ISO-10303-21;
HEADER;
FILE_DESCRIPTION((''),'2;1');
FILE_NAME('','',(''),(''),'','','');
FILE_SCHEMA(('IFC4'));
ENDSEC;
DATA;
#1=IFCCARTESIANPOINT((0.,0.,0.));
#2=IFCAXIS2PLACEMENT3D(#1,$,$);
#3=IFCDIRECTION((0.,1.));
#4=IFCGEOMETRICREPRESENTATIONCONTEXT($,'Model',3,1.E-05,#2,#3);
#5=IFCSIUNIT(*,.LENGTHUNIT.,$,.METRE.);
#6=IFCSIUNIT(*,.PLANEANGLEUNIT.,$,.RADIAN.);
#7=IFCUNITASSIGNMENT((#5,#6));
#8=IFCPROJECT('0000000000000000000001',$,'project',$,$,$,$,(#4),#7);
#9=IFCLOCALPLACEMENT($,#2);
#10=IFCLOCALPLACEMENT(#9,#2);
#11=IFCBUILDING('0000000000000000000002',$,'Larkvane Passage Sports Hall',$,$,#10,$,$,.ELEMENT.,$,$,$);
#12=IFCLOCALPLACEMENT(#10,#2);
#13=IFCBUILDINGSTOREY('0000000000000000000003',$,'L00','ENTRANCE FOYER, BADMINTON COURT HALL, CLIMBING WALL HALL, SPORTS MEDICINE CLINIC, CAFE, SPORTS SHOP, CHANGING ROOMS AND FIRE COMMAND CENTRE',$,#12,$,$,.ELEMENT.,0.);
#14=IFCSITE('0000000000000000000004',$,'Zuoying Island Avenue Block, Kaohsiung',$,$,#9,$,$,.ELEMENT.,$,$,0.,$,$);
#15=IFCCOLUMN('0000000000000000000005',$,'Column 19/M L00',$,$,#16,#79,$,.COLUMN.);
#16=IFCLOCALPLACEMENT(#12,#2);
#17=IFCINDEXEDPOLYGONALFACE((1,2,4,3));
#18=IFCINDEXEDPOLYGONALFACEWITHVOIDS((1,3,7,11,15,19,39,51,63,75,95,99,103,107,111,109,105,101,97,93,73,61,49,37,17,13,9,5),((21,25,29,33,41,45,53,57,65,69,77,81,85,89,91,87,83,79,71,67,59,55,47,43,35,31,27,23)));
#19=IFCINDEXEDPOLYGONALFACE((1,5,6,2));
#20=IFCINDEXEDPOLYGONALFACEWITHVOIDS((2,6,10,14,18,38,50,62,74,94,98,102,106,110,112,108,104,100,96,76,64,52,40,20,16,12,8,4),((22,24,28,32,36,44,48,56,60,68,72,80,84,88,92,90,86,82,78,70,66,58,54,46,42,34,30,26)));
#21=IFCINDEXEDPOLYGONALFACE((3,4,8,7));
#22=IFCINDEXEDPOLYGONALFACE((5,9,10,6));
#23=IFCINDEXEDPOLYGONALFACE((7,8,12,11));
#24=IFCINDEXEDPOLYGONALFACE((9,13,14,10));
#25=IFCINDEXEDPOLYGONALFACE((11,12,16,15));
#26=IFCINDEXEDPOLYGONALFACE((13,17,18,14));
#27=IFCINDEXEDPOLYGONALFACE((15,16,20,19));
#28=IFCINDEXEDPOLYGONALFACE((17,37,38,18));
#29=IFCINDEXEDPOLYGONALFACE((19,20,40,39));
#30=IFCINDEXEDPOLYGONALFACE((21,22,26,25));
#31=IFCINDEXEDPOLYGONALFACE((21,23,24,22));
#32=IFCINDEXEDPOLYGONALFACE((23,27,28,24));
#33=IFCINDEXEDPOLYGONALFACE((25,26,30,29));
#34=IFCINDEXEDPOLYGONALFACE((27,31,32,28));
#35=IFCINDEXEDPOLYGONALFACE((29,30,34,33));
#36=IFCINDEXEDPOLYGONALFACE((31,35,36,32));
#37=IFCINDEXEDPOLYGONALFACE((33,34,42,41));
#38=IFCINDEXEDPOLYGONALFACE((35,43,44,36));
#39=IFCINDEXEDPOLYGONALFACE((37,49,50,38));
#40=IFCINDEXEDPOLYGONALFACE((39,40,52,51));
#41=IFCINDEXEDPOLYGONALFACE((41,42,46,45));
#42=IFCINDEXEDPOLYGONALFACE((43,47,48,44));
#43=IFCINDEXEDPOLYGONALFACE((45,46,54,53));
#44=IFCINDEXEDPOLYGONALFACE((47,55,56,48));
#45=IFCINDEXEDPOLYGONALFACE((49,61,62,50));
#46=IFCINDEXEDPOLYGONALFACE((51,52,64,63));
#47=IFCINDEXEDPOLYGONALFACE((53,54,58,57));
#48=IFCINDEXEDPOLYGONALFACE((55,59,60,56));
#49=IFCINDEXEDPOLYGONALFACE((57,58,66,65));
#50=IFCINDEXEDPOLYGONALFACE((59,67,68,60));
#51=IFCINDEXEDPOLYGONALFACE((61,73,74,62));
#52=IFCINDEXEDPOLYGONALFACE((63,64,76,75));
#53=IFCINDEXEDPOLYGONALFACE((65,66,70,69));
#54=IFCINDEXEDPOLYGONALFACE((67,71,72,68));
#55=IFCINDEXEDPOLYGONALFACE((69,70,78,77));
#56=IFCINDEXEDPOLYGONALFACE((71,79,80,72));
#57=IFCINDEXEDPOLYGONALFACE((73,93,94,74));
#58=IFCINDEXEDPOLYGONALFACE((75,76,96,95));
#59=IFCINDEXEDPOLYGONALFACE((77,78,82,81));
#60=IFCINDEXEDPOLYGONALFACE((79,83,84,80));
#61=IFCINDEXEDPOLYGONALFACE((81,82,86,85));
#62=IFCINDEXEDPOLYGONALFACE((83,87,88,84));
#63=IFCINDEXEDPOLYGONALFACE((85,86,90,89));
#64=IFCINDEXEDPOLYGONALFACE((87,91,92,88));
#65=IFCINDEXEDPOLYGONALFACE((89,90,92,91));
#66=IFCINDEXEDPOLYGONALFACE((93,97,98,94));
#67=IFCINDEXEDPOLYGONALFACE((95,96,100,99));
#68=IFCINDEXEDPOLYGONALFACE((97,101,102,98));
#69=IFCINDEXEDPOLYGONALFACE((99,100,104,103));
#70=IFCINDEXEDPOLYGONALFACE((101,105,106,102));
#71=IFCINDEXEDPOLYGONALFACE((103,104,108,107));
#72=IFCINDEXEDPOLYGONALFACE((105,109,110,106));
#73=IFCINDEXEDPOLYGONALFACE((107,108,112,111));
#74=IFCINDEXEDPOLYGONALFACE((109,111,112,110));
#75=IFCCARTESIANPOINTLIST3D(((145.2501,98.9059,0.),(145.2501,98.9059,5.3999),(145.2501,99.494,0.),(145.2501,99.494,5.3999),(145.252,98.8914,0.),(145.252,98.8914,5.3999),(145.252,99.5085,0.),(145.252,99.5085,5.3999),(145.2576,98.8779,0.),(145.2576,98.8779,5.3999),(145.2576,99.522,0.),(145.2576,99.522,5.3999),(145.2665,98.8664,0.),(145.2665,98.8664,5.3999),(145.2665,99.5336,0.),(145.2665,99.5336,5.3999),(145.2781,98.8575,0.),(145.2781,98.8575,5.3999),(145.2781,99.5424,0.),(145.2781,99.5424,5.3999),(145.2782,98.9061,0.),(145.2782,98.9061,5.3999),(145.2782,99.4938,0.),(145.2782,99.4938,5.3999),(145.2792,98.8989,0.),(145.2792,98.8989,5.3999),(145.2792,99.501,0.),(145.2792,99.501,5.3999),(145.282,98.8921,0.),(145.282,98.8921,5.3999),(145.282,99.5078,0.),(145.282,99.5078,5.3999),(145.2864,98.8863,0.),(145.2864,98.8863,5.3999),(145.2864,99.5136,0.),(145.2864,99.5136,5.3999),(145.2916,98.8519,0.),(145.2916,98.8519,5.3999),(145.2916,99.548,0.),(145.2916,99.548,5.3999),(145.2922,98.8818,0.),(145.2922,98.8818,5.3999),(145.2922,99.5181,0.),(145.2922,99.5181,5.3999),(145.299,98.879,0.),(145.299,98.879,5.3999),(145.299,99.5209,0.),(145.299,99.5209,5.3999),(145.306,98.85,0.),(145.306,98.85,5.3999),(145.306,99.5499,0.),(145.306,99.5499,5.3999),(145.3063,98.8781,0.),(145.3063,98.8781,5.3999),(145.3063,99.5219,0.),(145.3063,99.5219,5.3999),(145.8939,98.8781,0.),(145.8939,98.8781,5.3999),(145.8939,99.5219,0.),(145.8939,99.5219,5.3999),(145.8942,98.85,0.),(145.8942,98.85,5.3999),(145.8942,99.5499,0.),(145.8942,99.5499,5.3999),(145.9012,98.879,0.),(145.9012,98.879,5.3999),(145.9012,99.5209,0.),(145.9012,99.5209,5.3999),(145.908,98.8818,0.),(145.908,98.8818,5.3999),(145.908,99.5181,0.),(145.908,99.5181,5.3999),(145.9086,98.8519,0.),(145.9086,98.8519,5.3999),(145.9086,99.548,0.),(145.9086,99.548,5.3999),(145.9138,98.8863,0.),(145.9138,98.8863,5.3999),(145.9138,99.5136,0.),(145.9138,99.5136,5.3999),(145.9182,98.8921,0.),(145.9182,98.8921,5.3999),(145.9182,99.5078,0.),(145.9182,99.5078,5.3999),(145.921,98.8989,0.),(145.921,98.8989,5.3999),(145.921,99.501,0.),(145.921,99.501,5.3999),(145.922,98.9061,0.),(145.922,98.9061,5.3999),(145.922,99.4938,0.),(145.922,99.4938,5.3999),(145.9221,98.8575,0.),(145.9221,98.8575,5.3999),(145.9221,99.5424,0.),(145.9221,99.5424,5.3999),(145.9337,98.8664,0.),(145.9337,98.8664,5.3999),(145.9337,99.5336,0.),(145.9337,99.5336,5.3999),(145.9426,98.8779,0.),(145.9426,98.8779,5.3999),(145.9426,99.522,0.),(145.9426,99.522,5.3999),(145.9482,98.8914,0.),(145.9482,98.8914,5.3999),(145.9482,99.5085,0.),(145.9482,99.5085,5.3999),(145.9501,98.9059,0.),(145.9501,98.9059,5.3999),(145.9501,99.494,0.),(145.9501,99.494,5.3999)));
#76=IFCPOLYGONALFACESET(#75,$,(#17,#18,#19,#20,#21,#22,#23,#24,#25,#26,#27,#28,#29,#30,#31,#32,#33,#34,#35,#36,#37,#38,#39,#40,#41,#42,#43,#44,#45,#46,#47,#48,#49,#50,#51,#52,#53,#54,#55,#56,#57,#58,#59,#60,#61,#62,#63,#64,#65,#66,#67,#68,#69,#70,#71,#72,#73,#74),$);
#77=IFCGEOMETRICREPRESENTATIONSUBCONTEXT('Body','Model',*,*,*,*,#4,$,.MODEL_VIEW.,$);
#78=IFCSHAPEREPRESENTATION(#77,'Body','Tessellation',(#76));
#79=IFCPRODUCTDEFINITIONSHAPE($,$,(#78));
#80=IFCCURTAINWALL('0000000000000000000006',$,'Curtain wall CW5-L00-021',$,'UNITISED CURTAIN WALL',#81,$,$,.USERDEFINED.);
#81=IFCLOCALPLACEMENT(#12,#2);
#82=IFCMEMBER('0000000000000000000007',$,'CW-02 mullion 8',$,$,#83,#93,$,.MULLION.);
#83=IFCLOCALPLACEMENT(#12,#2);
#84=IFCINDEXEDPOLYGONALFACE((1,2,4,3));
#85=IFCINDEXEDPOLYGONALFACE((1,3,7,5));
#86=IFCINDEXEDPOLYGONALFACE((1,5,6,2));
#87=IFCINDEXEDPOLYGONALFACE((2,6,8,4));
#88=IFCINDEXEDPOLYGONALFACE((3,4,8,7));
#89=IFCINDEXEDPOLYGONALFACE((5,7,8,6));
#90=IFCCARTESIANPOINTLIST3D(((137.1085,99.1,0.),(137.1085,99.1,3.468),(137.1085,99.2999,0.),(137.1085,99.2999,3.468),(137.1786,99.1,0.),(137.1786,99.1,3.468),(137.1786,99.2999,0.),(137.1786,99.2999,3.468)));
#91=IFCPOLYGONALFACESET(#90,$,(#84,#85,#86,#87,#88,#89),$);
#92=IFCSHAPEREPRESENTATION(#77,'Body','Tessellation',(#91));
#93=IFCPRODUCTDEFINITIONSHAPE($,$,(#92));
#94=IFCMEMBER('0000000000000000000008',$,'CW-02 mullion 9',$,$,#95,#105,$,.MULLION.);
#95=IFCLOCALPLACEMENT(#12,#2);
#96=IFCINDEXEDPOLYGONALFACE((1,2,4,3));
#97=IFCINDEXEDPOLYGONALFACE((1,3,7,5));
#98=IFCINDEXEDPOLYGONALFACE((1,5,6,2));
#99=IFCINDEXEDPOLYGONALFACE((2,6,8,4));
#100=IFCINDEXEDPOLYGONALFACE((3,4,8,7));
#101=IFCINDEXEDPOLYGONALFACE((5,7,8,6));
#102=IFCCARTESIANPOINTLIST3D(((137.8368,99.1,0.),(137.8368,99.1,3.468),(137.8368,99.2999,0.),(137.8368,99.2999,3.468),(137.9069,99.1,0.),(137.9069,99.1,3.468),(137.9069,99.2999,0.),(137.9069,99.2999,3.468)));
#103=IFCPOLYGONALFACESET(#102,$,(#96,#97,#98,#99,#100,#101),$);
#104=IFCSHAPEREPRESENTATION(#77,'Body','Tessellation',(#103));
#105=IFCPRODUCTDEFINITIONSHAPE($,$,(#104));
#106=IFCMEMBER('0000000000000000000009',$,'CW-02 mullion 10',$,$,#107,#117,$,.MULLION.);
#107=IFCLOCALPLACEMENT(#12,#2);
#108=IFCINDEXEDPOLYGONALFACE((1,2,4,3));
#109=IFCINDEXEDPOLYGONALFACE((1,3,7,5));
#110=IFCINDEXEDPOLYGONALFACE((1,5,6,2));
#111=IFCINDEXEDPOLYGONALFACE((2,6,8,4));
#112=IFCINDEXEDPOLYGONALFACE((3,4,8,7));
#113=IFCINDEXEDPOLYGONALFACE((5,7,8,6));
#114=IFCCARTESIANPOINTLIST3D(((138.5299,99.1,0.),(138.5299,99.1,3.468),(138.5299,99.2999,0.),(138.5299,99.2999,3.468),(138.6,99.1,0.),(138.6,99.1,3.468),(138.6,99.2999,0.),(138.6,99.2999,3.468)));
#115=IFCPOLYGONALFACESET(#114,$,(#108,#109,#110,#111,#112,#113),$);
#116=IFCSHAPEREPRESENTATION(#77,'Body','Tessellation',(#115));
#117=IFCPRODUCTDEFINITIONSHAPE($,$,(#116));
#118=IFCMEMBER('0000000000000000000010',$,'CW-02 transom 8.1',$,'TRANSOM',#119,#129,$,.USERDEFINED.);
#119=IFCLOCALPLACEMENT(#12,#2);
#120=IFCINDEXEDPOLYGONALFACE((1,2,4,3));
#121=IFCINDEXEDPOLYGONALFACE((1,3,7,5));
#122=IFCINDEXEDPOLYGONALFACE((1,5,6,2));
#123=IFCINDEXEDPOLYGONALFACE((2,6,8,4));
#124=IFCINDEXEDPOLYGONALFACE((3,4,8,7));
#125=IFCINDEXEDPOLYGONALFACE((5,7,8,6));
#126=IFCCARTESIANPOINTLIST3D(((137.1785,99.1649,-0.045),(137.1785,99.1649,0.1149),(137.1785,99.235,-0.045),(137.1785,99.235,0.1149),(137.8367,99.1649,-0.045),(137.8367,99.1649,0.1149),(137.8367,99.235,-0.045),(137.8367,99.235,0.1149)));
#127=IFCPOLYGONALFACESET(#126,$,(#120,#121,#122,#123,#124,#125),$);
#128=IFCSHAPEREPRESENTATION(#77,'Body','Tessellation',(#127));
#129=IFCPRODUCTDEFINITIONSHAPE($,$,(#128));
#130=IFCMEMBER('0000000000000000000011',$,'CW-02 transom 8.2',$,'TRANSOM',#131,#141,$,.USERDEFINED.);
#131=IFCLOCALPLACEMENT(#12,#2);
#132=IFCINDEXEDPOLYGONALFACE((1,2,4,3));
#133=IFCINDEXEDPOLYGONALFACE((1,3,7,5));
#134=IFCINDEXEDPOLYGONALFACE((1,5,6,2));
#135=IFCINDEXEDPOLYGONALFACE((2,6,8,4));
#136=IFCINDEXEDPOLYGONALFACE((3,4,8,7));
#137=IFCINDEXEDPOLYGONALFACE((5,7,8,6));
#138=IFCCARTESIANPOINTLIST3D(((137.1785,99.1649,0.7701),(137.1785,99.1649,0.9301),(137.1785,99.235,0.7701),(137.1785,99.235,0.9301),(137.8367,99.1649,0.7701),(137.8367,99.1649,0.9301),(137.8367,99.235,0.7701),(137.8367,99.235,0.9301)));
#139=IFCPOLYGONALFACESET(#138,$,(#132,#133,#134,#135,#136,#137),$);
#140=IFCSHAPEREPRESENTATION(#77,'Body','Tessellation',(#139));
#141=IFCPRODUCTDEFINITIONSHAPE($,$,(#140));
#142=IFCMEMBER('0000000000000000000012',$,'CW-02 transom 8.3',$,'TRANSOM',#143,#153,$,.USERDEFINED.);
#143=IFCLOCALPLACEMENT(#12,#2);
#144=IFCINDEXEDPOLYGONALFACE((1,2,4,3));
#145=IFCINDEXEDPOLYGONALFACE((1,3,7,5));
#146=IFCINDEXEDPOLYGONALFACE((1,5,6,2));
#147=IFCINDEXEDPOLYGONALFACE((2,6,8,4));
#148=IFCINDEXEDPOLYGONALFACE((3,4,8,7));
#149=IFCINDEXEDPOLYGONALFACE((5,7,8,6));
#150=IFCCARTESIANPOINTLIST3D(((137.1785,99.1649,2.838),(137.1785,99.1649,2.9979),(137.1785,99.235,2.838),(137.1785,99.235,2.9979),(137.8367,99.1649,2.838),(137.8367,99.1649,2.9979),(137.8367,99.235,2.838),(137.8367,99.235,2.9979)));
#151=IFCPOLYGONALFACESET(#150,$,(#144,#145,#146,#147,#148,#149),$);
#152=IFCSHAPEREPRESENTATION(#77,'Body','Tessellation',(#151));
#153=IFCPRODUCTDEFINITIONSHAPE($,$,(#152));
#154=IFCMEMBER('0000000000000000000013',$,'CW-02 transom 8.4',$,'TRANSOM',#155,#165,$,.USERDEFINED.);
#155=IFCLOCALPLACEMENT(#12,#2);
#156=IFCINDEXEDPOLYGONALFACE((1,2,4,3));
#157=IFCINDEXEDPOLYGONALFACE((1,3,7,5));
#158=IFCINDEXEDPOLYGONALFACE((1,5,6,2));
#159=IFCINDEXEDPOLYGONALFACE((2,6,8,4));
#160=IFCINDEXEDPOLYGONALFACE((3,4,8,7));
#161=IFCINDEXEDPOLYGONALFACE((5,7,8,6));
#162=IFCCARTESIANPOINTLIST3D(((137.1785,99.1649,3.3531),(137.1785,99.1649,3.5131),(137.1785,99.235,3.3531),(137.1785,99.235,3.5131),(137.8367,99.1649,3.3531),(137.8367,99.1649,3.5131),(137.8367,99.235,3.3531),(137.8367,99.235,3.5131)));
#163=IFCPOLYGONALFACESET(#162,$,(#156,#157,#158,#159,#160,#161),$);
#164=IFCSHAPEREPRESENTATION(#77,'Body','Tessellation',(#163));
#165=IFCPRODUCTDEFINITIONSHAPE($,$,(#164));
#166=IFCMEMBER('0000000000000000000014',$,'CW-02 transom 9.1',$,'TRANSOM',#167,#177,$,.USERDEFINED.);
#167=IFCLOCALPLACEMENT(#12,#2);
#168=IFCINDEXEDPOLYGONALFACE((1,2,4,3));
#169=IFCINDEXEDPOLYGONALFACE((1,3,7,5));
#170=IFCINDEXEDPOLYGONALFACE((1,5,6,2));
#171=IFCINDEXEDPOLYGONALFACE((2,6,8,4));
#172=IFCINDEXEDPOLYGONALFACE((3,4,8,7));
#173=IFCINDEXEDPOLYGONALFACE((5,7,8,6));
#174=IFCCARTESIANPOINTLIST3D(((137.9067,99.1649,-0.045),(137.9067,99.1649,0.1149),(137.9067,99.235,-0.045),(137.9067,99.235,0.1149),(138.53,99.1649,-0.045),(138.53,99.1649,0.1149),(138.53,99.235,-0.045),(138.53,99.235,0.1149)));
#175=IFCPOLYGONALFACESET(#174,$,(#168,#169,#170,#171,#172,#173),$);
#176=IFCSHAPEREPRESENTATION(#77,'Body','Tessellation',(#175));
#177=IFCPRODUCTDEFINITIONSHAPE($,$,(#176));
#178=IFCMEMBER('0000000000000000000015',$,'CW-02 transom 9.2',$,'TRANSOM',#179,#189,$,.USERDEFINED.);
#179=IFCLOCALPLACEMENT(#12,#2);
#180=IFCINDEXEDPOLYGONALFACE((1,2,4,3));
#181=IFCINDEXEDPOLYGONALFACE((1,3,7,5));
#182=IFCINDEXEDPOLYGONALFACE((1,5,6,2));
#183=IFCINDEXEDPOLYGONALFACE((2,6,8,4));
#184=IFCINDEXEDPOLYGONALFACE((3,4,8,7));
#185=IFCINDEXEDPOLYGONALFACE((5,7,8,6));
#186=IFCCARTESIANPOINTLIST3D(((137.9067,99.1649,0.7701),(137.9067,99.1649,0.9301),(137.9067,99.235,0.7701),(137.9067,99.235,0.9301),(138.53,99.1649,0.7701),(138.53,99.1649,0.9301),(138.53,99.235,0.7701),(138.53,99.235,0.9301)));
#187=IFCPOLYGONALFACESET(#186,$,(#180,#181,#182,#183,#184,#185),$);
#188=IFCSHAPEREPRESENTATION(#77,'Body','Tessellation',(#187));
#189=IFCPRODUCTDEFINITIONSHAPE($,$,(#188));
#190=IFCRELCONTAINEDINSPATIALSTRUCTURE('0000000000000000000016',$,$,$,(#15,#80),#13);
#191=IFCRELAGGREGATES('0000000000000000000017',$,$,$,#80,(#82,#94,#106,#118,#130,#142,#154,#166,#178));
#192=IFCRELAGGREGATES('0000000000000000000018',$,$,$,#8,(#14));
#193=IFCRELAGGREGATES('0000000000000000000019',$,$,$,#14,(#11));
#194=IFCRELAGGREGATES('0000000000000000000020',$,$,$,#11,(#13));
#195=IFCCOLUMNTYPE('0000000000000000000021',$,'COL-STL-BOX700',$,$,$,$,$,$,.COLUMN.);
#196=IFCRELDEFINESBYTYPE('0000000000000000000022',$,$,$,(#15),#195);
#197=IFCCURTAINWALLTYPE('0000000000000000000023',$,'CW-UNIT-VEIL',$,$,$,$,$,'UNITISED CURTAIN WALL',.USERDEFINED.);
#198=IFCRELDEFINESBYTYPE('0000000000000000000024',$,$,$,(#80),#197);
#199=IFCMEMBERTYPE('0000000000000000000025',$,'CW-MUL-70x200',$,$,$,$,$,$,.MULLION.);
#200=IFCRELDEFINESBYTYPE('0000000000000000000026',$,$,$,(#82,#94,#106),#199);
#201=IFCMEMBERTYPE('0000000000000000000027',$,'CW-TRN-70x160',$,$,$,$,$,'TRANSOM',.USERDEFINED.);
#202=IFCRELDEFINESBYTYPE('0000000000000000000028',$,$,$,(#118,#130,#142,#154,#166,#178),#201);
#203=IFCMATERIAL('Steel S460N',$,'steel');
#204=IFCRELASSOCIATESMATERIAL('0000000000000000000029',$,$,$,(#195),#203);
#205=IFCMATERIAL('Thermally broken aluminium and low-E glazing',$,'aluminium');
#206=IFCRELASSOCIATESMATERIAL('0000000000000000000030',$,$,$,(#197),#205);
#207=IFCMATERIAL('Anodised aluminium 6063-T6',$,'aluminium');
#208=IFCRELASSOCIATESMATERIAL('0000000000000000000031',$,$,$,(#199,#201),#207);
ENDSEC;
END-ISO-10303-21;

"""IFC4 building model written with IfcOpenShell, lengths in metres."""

from ifc_helpers import new_model, si_unit, direction, frame, origin, origin_2d, place, context, subcontext, project, spatial, rectangle, hollow_rectangle, extrude, material, material_profile, profile_set, type_object, element, aggregate, save


model = new_model("IFC4")

# Units and contexts
model_context = context("Model", 3, precision=1e-05, world=origin(), true_north=direction((0.0, 1.0)))
body_context = subcontext(model_context, "Body", "Model", "MODEL_VIEW")
ifc_project = project(units=[si_unit("LENGTHUNIT", "METRE"), si_unit("PLANEANGLEUNIT", "RADIAN")], contexts=[model_context])

# Site, building, storey
site_placement = place(None, origin())
site = spatial("IfcSite", under=ifc_project, at=site_placement, Name="Zuoying Island Avenue Block, Kaohsiung", CompositionType="ELEMENT", RefElevation=0.0)
building_placement = place(site_placement, origin())
building = spatial("IfcBuilding", under=site, at=building_placement, Name="Larkvane Passage Sports Hall", CompositionType="ELEMENT")
storey_placement = place(building_placement, origin())
storey = spatial("IfcBuildingStorey", under=building, at=storey_placement, Name="L00", Description="ENTRANCE FOYER, BADMINTON COURT HALL, CLIMBING WALL HALL, SPORTS MEDICINE CLINIC, CAFE, SPORTS SHOP, CHANGING ROOMS AND FIRE COMMAND CENTRE", CompositionType="ELEMENT", Elevation=0.0)

# Column
ifc_material_1 = material(Name="Steel S460N", Category="steel")
ifc_material_profile_1 = material_profile(ifc_material_1, hollow_rectangle(XDim=0.7, YDim=0.7, WallThickness=0.0281, InnerFilletRadius=0.0281, OuterFilletRadius=0.0559, at=origin_2d()), Name="BOX-700x700x28")
ifc_profile_set_1 = profile_set([ifc_material_profile_1], Name="Steel S460N")
column_type = type_object("IfcColumnType", Name="COL-STL-BOX700", PredefinedType="COLUMN", material=ifc_profile_set_1)
column_placement = place(storey_placement, frame((145.6001, 99.2, 0.0), z_axis=(0.0, 0.0, 1.0), x_axis=(1.0, 0.0, 0.0)))
element("IfcColumn", 1, at=column_placement, inside=storey, type_object=column_type, Name="Column 19/M L00", PredefinedType="COLUMN", context=body_context, shape_type="SweptSolid", body=[
    extrude(hollow_rectangle(XDim=0.7, YDim=0.7, WallThickness=0.0281, InnerFilletRadius=0.0281, OuterFilletRadius=0.0559, at=origin_2d()), origin(), (0.0, 0.0, 1.0), 5.3999),
])

# Curtain wall, members
ifc_material_2 = material(Name="Thermally broken aluminium and low-E glazing", Category="aluminium")
curtain_wall_type = type_object("IfcCurtainWallType", Name="CW-UNIT-VEIL", ElementType="UNITISED CURTAIN WALL", PredefinedType="USERDEFINED", material=ifc_material_2)
curtain_wall_placement = place(storey_placement, origin())
curtain_wall = element("IfcCurtainWall", 2, at=curtain_wall_placement, inside=storey, type_object=curtain_wall_type, Name="Curtain wall CW5-L00-021", ObjectType="UNITISED CURTAIN WALL", PredefinedType="USERDEFINED")
ifc_material_3 = material(Name="Anodised aluminium 6063-T6", Category="aluminium")
ifc_material_profile_2 = material_profile(ifc_material_3, rectangle(XDim=0.0701, YDim=0.2, at=origin_2d()), Name="ALU-MUL-70x200")
ifc_profile_set_2 = profile_set([ifc_material_profile_2], Name="Anodised aluminium 6063-T6")
member_type_1 = type_object("IfcMemberType", Name="CW-MUL-70x200", PredefinedType="MULLION", material=ifc_profile_set_2)
member_1_placement = place(storey_placement, frame((137.1436, 99.2, 0.0), z_axis=(0.0, 0.0, 1.0), x_axis=(1.0, 0.0, 0.0)))
member_1 = element("IfcMember", 3, at=member_1_placement, type_object=member_type_1, Name="CW-02 mullion 8", PredefinedType="MULLION", context=body_context, shape_type="SweptSolid", body=[
    extrude(rectangle(XDim=0.0701, YDim=0.2, at=origin_2d()), origin(), (0.0, 0.0, 1.0), 3.468),
])
member_2_placement = place(storey_placement, frame((137.8718, 99.2, 0.0), z_axis=(0.0, 0.0, 1.0), x_axis=(1.0, 0.0, 0.0)))
member_2 = element("IfcMember", 4, at=member_2_placement, type_object=member_type_1, Name="CW-02 mullion 9", PredefinedType="MULLION", context=body_context, shape_type="SweptSolid", body=[
    extrude(rectangle(XDim=0.0701, YDim=0.2, at=origin_2d()), origin(), (0.0, 0.0, 1.0), 3.468),
])
member_3_placement = place(storey_placement, frame((138.5649, 99.2, 0.0), z_axis=(0.0, 0.0, 1.0), x_axis=(1.0, 0.0, 0.0)))
member_3 = element("IfcMember", 5, at=member_3_placement, type_object=member_type_1, Name="CW-02 mullion 10", PredefinedType="MULLION", context=body_context, shape_type="SweptSolid", body=[
    extrude(rectangle(XDim=0.0701, YDim=0.2, at=origin_2d()), origin(), (0.0, 0.0, 1.0), 3.468),
])
ifc_material_profile_3 = material_profile(ifc_material_3, rectangle(XDim=0.0701, YDim=0.1599, at=origin_2d()), Name="ALU-TRN-70x160")
ifc_profile_set_3 = profile_set([ifc_material_profile_3], Name="Anodised aluminium 6063-T6")
member_type_2 = type_object("IfcMemberType", Name="CW-TRN-70x160", ElementType="TRANSOM", PredefinedType="USERDEFINED", material=ifc_profile_set_3)
member_4_placement = place(storey_placement, frame((137.1785, 99.2, 0.0349), z_axis=(1.0, 0.0, 0.0), x_axis=(0.0, 1.0, 0.0)))
member_4 = element("IfcMember", 6, at=member_4_placement, type_object=member_type_2, Name="CW-02 transom 8.1", ObjectType="TRANSOM", PredefinedType="USERDEFINED", context=body_context, shape_type="SweptSolid", body=[
    extrude(rectangle(XDim=0.0701, YDim=0.1599, at=origin_2d()), origin(), (0.0, 0.0, 1.0), 0.6582),
])
member_5_placement = place(storey_placement, frame((137.1785, 99.2, 0.8501), z_axis=(1.0, 0.0, 0.0), x_axis=(0.0, 1.0, 0.0)))
member_5 = element("IfcMember", 7, at=member_5_placement, type_object=member_type_2, Name="CW-02 transom 8.2", ObjectType="TRANSOM", PredefinedType="USERDEFINED", context=body_context, shape_type="SweptSolid", body=[
    extrude(rectangle(XDim=0.0701, YDim=0.1599, at=origin_2d()), origin(), (0.0, 0.0, 1.0), 0.6582),
])
member_6_placement = place(storey_placement, frame((137.1785, 99.2, 2.918), z_axis=(1.0, 0.0, 0.0), x_axis=(0.0, 1.0, 0.0)))
member_6 = element("IfcMember", 8, at=member_6_placement, type_object=member_type_2, Name="CW-02 transom 8.3", ObjectType="TRANSOM", PredefinedType="USERDEFINED", context=body_context, shape_type="SweptSolid", body=[
    extrude(rectangle(XDim=0.0701, YDim=0.1599, at=origin_2d()), origin(), (0.0, 0.0, 1.0), 0.6582),
])
member_7_placement = place(storey_placement, frame((137.1785, 99.2, 3.4331), z_axis=(1.0, 0.0, 0.0), x_axis=(0.0, 1.0, 0.0)))
member_7 = element("IfcMember", 9, at=member_7_placement, type_object=member_type_2, Name="CW-02 transom 8.4", ObjectType="TRANSOM", PredefinedType="USERDEFINED", context=body_context, shape_type="SweptSolid", body=[
    extrude(rectangle(XDim=0.0701, YDim=0.1599, at=origin_2d()), origin(), (0.0, 0.0, 1.0), 0.6582),
])
member_8_placement = place(storey_placement, frame((137.9067, 99.2, 0.0349), z_axis=(1.0, 0.0, 0.0), x_axis=(0.0, 1.0, 0.0)))
member_8 = element("IfcMember", 10, at=member_8_placement, type_object=member_type_2, Name="CW-02 transom 9.1", ObjectType="TRANSOM", PredefinedType="USERDEFINED", context=body_context, shape_type="SweptSolid", body=[
    extrude(rectangle(XDim=0.0701, YDim=0.1599, at=origin_2d()), origin(), (0.0, 0.0, 1.0), 0.6233),
])
member_9_placement = place(storey_placement, frame((137.9067, 99.2, 0.8501), z_axis=(1.0, 0.0, 0.0), x_axis=(0.0, 1.0, 0.0)))
member_9 = element("IfcMember", 11, at=member_9_placement, type_object=member_type_2, Name="CW-02 transom 9.2", ObjectType="TRANSOM", PredefinedType="USERDEFINED", context=body_context, shape_type="SweptSolid", body=[
    extrude(rectangle(XDim=0.0701, YDim=0.1599, at=origin_2d()), origin(), (0.0, 0.0, 1.0), 0.6233),
])

aggregate(curtain_wall, [member_1, member_2, member_3, member_4, member_5, member_6, member_7, member_8, member_9])

save(model, "model.ifc")
